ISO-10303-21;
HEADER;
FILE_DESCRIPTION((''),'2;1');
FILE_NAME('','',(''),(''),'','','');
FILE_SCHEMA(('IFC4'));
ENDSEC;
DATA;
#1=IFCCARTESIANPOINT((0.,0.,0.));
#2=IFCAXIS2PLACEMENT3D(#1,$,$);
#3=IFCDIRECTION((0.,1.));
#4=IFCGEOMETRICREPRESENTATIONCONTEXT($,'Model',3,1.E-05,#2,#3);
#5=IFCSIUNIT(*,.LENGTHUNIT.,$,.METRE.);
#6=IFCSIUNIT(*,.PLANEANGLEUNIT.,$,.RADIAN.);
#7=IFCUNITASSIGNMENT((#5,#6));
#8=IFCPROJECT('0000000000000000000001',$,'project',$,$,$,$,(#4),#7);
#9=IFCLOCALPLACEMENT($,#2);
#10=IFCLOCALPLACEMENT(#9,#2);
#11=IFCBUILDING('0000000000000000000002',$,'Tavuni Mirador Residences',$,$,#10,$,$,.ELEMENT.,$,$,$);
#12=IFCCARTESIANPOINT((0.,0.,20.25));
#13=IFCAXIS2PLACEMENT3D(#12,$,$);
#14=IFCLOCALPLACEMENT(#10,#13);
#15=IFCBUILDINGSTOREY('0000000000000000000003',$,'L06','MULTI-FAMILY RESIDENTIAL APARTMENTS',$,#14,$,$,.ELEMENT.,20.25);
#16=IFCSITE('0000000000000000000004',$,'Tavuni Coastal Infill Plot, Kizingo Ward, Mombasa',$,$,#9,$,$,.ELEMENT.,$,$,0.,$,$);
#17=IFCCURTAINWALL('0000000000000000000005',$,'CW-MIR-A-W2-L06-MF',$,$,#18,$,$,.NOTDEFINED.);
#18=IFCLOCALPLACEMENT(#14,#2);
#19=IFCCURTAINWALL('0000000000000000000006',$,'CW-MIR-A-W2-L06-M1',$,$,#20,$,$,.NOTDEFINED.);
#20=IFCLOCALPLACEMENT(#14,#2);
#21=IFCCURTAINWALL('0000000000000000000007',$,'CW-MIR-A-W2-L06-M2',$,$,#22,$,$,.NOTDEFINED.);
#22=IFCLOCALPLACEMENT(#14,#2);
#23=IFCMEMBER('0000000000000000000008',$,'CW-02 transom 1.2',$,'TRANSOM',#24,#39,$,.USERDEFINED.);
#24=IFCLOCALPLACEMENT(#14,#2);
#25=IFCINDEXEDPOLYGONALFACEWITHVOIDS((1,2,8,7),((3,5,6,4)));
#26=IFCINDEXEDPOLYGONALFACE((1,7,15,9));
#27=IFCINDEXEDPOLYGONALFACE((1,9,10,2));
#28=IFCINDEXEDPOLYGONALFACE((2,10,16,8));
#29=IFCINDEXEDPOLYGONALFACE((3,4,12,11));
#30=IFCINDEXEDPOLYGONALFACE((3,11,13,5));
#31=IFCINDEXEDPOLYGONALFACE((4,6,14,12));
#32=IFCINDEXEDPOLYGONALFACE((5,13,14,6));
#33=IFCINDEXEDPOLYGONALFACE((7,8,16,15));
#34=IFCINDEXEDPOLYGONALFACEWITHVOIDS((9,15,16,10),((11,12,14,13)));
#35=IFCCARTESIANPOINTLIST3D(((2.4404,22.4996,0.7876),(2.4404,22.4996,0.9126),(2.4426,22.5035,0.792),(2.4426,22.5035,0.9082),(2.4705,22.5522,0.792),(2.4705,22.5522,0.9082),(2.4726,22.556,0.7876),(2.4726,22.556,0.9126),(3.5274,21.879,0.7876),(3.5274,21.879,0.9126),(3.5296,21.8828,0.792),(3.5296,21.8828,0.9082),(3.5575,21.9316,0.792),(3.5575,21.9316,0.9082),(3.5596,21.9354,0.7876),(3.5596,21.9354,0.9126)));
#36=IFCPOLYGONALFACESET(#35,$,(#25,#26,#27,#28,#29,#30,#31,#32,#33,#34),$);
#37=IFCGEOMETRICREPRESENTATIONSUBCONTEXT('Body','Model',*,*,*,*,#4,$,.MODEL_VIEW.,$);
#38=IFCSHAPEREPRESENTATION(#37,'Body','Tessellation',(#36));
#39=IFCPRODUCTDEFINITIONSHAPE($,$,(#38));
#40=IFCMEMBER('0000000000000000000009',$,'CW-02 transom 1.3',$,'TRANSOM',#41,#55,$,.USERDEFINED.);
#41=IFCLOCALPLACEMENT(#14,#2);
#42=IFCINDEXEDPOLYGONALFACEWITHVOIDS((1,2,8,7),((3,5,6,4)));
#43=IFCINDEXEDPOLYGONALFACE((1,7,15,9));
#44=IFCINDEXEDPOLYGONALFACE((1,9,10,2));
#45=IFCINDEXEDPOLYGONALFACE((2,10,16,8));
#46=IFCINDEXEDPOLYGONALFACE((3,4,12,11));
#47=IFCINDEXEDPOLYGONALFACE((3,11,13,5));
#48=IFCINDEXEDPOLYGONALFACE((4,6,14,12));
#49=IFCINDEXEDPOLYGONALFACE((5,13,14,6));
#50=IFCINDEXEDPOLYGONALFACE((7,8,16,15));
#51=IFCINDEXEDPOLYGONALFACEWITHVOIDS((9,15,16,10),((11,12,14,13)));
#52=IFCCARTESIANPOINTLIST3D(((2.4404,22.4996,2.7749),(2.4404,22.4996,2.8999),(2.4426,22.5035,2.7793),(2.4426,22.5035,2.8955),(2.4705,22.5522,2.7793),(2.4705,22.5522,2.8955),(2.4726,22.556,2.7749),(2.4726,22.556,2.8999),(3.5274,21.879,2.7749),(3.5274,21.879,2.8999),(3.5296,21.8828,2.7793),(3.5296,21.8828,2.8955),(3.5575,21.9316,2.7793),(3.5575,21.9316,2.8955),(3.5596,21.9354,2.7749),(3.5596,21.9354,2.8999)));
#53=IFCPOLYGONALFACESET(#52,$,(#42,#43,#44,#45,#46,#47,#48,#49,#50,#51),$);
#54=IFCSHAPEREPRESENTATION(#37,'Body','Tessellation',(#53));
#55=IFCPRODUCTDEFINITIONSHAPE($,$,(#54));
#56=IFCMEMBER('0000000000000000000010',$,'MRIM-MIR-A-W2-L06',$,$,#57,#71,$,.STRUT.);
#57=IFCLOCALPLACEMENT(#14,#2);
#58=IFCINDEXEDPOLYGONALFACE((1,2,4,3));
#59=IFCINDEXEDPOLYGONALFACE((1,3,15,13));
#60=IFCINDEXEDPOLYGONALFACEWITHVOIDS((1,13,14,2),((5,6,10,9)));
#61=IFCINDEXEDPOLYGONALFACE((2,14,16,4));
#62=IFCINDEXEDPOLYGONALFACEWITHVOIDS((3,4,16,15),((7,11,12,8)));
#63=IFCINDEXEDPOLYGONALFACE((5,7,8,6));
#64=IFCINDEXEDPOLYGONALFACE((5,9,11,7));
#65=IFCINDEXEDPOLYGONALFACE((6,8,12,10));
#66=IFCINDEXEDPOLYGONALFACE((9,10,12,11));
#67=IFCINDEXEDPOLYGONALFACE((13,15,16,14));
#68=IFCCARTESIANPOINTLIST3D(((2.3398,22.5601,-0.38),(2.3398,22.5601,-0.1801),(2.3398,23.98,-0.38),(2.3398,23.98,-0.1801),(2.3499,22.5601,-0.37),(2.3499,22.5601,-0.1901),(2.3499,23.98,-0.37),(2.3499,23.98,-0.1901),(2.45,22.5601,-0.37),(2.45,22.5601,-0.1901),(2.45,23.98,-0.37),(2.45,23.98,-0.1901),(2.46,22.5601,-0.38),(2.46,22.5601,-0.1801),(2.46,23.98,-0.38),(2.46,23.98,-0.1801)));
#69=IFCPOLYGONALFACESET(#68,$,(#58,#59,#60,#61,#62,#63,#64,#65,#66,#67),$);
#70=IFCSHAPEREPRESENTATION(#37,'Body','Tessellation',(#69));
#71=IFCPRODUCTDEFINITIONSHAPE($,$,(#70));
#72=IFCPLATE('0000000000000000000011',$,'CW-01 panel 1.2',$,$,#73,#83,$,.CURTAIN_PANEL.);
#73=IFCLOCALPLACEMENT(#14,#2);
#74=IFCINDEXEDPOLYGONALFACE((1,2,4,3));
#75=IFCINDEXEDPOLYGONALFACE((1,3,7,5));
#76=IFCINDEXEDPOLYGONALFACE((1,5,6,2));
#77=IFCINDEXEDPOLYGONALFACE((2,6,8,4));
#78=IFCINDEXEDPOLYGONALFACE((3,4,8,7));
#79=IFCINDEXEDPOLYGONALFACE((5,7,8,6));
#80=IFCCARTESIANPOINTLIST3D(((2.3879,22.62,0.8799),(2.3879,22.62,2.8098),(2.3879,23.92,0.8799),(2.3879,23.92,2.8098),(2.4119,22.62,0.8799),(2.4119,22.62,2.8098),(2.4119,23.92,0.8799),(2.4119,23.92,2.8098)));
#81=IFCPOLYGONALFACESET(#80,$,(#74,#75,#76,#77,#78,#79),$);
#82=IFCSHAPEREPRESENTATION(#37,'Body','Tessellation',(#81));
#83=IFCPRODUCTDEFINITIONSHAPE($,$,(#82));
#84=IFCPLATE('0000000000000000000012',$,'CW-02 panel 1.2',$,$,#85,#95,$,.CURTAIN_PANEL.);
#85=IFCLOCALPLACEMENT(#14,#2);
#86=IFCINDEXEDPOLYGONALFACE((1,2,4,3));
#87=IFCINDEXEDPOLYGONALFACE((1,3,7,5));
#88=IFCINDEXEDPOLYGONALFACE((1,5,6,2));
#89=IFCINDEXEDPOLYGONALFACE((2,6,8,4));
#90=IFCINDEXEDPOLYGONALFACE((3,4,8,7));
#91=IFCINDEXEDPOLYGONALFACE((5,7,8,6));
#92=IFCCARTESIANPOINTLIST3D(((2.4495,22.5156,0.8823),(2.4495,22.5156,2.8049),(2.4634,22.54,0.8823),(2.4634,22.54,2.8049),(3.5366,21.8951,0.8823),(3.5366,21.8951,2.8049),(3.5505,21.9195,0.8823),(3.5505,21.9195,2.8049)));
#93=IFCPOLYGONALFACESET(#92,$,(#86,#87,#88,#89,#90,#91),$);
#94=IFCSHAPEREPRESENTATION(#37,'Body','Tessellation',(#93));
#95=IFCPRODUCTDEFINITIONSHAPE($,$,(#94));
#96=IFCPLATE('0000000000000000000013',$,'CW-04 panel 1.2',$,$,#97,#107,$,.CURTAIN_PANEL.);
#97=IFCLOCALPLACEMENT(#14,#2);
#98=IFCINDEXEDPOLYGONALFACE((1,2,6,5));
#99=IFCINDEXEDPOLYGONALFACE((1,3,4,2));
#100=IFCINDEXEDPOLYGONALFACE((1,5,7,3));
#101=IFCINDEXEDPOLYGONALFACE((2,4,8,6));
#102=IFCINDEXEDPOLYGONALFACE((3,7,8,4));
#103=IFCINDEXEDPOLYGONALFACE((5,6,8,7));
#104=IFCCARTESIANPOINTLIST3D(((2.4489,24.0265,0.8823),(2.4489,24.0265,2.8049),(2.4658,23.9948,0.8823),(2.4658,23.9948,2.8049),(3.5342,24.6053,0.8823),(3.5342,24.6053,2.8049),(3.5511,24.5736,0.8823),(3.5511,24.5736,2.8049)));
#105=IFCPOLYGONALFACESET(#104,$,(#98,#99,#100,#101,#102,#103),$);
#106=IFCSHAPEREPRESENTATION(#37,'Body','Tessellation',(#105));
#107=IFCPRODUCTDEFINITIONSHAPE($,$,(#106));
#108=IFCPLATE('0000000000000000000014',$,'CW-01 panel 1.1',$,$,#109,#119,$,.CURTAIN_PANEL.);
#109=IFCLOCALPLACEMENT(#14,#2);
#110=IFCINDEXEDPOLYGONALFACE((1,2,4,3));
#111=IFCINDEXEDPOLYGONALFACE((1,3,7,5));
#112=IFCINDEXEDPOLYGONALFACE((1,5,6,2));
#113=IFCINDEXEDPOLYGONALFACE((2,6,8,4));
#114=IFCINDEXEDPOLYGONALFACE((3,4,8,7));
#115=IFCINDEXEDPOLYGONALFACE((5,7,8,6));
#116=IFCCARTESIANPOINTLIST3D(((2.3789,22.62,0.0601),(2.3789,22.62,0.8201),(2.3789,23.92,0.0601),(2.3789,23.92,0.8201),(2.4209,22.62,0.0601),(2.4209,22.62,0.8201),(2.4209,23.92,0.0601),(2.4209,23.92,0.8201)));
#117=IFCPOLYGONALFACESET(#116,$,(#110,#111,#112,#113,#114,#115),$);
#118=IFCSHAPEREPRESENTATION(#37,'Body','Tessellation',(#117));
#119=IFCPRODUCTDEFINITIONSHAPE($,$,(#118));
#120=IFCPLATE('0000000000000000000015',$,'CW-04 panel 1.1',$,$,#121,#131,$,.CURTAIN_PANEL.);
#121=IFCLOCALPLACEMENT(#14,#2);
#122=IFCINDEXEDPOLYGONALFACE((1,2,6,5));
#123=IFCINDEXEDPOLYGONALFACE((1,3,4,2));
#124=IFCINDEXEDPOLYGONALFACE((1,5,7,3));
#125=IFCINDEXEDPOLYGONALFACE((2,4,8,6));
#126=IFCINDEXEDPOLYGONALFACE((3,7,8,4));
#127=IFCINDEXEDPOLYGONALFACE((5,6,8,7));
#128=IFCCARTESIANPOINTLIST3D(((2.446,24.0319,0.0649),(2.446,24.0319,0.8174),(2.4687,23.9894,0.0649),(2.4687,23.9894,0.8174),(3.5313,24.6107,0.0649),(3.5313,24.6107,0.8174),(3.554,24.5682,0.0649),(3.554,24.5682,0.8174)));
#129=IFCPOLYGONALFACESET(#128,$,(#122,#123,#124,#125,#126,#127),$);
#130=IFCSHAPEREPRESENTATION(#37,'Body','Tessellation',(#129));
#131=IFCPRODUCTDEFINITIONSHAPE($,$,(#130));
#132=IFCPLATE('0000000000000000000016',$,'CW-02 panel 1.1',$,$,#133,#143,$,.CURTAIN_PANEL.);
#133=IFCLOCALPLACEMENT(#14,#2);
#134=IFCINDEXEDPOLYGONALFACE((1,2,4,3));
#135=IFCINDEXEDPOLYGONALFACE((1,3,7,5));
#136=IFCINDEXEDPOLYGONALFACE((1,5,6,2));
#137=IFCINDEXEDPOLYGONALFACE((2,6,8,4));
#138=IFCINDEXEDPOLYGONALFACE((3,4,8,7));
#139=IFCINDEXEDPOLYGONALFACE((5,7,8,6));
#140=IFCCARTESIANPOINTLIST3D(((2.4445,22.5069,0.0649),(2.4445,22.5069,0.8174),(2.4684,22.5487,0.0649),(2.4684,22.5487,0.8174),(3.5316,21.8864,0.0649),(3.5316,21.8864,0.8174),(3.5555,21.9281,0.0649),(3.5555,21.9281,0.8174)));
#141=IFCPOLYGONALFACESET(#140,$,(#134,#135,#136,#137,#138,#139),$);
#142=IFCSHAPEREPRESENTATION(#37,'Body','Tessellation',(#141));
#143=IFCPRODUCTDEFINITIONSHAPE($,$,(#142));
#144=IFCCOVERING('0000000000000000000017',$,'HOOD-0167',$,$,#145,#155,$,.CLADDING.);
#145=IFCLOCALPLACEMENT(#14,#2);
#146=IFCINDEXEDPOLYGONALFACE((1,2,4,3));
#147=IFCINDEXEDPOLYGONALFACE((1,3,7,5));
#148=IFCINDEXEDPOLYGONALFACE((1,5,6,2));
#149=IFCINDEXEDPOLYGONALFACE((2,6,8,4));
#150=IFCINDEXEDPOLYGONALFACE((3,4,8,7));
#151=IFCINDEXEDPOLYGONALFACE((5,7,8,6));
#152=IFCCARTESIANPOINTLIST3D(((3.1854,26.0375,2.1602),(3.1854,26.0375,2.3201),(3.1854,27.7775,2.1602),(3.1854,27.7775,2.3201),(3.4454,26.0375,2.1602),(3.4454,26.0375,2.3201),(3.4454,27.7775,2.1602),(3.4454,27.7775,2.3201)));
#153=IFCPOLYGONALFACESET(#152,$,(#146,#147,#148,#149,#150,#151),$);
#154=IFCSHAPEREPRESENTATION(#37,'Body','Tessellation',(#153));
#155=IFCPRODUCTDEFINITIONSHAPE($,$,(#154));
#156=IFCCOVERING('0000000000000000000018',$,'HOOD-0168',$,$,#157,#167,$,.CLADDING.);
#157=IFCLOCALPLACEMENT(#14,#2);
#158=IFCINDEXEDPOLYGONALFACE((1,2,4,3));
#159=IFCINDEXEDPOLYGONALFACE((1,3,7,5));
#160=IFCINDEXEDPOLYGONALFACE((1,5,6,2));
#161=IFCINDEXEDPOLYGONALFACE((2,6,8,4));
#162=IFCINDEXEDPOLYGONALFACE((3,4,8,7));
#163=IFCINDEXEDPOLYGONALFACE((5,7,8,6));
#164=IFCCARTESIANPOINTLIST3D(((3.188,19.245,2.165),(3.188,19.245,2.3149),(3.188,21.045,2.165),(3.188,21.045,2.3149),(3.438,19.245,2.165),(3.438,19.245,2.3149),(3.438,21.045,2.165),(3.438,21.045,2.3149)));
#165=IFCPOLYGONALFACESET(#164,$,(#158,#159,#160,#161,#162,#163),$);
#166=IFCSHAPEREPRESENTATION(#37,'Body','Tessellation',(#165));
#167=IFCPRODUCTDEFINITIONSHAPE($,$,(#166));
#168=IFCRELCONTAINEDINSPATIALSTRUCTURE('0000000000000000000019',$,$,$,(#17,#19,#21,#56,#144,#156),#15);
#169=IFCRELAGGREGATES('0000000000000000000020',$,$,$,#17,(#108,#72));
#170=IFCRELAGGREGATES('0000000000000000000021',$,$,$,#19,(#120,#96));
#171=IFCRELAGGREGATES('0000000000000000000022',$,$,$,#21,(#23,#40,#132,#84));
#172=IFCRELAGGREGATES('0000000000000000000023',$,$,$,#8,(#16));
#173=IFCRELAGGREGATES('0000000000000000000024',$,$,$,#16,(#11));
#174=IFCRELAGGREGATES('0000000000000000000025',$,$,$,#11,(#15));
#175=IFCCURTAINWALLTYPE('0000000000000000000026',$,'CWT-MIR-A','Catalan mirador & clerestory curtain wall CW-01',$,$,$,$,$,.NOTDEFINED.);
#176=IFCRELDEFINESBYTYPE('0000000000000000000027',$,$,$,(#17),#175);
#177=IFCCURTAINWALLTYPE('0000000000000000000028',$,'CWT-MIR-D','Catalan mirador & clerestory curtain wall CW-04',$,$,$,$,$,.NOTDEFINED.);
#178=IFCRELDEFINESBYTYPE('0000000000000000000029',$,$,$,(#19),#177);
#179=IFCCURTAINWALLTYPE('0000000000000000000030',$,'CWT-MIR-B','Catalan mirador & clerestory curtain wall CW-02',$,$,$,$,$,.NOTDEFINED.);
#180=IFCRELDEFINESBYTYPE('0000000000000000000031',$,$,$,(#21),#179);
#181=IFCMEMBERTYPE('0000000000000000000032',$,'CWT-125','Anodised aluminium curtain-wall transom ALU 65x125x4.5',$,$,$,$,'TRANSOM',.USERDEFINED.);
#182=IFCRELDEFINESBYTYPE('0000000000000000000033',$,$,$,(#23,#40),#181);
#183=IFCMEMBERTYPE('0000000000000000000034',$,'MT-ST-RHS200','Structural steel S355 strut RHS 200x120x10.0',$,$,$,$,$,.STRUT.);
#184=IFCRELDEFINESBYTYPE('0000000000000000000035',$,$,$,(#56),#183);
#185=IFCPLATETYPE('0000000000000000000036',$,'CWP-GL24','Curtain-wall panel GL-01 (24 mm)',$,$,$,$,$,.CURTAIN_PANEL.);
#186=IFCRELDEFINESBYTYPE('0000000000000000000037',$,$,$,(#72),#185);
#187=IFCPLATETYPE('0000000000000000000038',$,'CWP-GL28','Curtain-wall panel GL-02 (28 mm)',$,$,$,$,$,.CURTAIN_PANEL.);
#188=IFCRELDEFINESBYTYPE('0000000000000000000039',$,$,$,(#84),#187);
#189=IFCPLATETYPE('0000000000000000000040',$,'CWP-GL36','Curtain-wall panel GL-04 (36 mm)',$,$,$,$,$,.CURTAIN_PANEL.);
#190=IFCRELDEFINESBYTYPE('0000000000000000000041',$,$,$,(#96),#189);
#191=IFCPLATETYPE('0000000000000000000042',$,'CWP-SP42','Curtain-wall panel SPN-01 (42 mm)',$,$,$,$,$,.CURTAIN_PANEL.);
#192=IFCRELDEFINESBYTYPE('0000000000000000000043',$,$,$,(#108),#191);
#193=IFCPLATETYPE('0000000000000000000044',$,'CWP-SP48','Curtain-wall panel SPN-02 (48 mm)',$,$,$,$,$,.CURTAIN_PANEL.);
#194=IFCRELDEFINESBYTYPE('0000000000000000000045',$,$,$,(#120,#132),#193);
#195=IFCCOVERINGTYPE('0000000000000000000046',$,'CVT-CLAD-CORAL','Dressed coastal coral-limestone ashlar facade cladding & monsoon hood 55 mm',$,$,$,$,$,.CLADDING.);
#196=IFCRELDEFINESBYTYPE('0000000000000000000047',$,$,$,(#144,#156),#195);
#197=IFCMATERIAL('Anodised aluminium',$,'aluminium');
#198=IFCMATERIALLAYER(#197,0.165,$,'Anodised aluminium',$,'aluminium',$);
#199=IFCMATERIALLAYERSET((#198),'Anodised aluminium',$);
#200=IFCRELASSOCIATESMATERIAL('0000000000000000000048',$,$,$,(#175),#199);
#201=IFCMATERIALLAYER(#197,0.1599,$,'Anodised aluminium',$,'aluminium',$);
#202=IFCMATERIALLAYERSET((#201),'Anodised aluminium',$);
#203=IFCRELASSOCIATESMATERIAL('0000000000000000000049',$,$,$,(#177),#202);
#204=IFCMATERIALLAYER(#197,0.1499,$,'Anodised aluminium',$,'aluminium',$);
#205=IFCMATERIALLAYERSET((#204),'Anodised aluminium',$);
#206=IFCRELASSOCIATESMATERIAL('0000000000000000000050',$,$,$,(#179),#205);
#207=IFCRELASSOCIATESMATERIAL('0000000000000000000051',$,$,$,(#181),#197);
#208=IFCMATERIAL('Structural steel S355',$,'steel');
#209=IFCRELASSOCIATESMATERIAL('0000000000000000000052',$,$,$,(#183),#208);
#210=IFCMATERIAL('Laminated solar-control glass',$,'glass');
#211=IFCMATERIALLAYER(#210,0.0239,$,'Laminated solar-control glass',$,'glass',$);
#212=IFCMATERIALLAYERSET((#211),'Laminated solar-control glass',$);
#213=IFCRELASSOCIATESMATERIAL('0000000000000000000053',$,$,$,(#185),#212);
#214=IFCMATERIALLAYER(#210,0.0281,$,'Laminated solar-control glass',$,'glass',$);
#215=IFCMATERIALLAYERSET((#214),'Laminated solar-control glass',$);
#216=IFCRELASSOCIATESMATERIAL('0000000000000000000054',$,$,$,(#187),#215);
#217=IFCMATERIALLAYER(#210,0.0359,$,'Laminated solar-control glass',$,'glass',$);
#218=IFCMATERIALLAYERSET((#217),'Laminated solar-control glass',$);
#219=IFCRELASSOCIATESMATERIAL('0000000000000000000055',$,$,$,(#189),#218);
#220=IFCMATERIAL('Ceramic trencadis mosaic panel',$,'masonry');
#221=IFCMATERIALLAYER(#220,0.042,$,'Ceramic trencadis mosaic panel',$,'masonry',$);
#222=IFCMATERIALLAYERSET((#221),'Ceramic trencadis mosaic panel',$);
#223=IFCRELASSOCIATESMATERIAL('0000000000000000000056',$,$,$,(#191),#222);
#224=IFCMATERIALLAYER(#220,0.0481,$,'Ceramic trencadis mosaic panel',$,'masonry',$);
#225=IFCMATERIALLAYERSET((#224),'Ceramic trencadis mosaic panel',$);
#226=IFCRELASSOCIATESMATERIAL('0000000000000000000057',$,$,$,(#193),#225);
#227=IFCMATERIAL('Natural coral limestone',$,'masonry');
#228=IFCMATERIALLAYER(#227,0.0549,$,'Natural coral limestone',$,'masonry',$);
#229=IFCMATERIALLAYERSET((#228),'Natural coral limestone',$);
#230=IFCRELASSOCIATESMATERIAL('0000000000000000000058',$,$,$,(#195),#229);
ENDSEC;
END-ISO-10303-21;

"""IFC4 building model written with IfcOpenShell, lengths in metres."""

from ifc_helpers import new_model, si_unit, direction, frame, origin, origin_2d, place, context, subcontext, project, spatial, rectangle, hollow_rectangle, extrude, material, layer, layer_set, material_profile, profile_set, type_object, element, aggregate, save


model = new_model("IFC4")

# Units and contexts
model_context = context("Model", 3, precision=1e-05, world=origin(), true_north=direction((0.0, 1.0)))
body_context = subcontext(model_context, "Body", "Model", "MODEL_VIEW")
ifc_project = project(units=[si_unit("LENGTHUNIT", "METRE"), si_unit("PLANEANGLEUNIT", "RADIAN")], contexts=[model_context])

# Site, building, storey
site_placement = place(None, origin())
site = spatial("IfcSite", under=ifc_project, at=site_placement, Name="Tavuni Coastal Infill Plot, Kizingo Ward, Mombasa", CompositionType="ELEMENT", RefElevation=0.0)
building_placement = place(site_placement, origin())
building = spatial("IfcBuilding", under=site, at=building_placement, Name="Tavuni Mirador Residences", CompositionType="ELEMENT")
storey_placement = place(building_placement, frame((0.0, 0.0, 20.25)))
storey = spatial("IfcBuildingStorey", under=building, at=storey_placement, Name="L06", Description="MULTI-FAMILY RESIDENTIAL APARTMENTS", CompositionType="ELEMENT", Elevation=20.25)

# Curtain wall
ifc_material_1 = material(Name="Anodised aluminium", Category="aluminium")
ifc_layer_1 = layer(ifc_material_1, 0.165, Name="Anodised aluminium", Category="aluminium")
ifc_layer_set_1 = layer_set([ifc_layer_1], Name="Anodised aluminium")
curtain_wall_type_1 = type_object("IfcCurtainWallType", Name="CWT-MIR-A", Description="Catalan mirador & clerestory curtain wall CW-01", PredefinedType="NOTDEFINED", material=ifc_layer_set_1)
curtain_wall_1_placement = place(storey_placement, origin())
curtain_wall_1 = element("IfcCurtainWall", 1, at=curtain_wall_1_placement, inside=storey, type_object=curtain_wall_type_1, Name="CW-MIR-A-W2-L06-MF", PredefinedType="NOTDEFINED")

# Curtain walls
ifc_layer_2 = layer(ifc_material_1, 0.1599, Name="Anodised aluminium", Category="aluminium")
ifc_layer_set_2 = layer_set([ifc_layer_2], Name="Anodised aluminium")
curtain_wall_type_2 = type_object("IfcCurtainWallType", Name="CWT-MIR-D", Description="Catalan mirador & clerestory curtain wall CW-04", PredefinedType="NOTDEFINED", material=ifc_layer_set_2)
curtain_wall_2_placement = place(storey_placement, origin())
curtain_wall_2 = element("IfcCurtainWall", 2, at=curtain_wall_2_placement, inside=storey, type_object=curtain_wall_type_2, Name="CW-MIR-A-W2-L06-M1", PredefinedType="NOTDEFINED")
ifc_layer_3 = layer(ifc_material_1, 0.1499, Name="Anodised aluminium", Category="aluminium")
ifc_layer_set_3 = layer_set([ifc_layer_3], Name="Anodised aluminium")
curtain_wall_type_3 = type_object("IfcCurtainWallType", Name="CWT-MIR-B", Description="Catalan mirador & clerestory curtain wall CW-02", PredefinedType="NOTDEFINED", material=ifc_layer_set_3)
curtain_wall_3_placement = place(storey_placement, origin())
curtain_wall_3 = element("IfcCurtainWall", 3, at=curtain_wall_3_placement, inside=storey, type_object=curtain_wall_type_3, Name="CW-MIR-A-W2-L06-M2", PredefinedType="NOTDEFINED")

# Members
ifc_material_profile_1 = material_profile(ifc_material_1, hollow_rectangle(XDim=0.0649, YDim=0.125, WallThickness=0.0044, at=origin_2d()), Name="ALU 65x125x4.5", Category="aluminium")
ifc_profile_set_1 = profile_set([ifc_material_profile_1], Name="Anodised aluminium")
member_type_1 = type_object("IfcMemberType", Name="CWT-125", Description="Anodised aluminium curtain-wall transom ALU 65x125x4.5", ElementType="TRANSOM", PredefinedType="USERDEFINED", material=ifc_profile_set_1)
member_1_placement = place(storey_placement, frame((2.4565, 22.5278, 0.8501), z_axis=(0.868411, -0.495845, 0.0), x_axis=(0.495845, 0.868411, 0.0)))
member_1 = element("IfcMember", 4, at=member_1_placement, type_object=member_type_1, Name="CW-02 transom 1.2", ObjectType="TRANSOM", PredefinedType="USERDEFINED", context=body_context, shape_type="SweptSolid", body=[
    extrude(hollow_rectangle(XDim=0.0649, YDim=0.125, WallThickness=0.0044, at=origin_2d()), origin(), (0.0, 0.0, 1.0), 1.2517),
])
member_2_placement = place(storey_placement, frame((2.4565, 22.5278, 2.8374), z_axis=(0.868411, -0.495845, 0.0), x_axis=(0.495845, 0.868411, 0.0)))
member_2 = element("IfcMember", 5, at=member_2_placement, type_object=member_type_1, Name="CW-02 transom 1.3", ObjectType="TRANSOM", PredefinedType="USERDEFINED", context=body_context, shape_type="SweptSolid", body=[
    extrude(hollow_rectangle(XDim=0.0649, YDim=0.125, WallThickness=0.0044, at=origin_2d()), origin(), (0.0, 0.0, 1.0), 1.2517),
])
ifc_material_2 = material(Name="Structural steel S355", Category="steel")
ifc_material_profile_2 = material_profile(ifc_material_2, hollow_rectangle(XDim=0.1201, YDim=0.2, WallThickness=0.01, at=origin_2d()), Name="RHS 200x120x10.0", Category="steel")
ifc_profile_set_2 = profile_set([ifc_material_profile_2], Name="Structural steel S355")
member_type_2 = type_object("IfcMemberType", Name="MT-ST-RHS200", Description="Structural steel S355 strut RHS 200x120x10.0", PredefinedType="STRUT", material=ifc_profile_set_2)
member_3_placement = place(storey_placement, frame((2.3999, 22.5601, -0.28), z_axis=(0.0, 1.0, 0.0), x_axis=(-1.0, 0.0, 0.0)))
element("IfcMember", 6, at=member_3_placement, inside=storey, type_object=member_type_2, Name="MRIM-MIR-A-W2-L06", PredefinedType="STRUT", context=body_context, shape_type="SweptSolid", body=[
    extrude(hollow_rectangle(XDim=0.1201, YDim=0.2, WallThickness=0.01, at=origin_2d()), origin(), (0.0, 0.0, 1.0), 1.4199),
])

# Plates
ifc_material_3 = material(Name="Laminated solar-control glass", Category="glass")
ifc_layer_4 = layer(ifc_material_3, 0.0239, Name="Laminated solar-control glass", Category="glass")
ifc_layer_set_4 = layer_set([ifc_layer_4], Name="Laminated solar-control glass")
plate_type_1 = type_object("IfcPlateType", Name="CWP-GL24", Description="Curtain-wall panel GL-01 (24 mm)", PredefinedType="CURTAIN_PANEL", material=ifc_layer_set_4)
plate_1_placement = place(storey_placement, frame((2.3999, 23.27, 0.8799), z_axis=(0.0, 0.0, 1.0), x_axis=(0.0, -1.0, 0.0)))
plate_1 = element("IfcPlate", 7, at=plate_1_placement, type_object=plate_type_1, Name="CW-01 panel 1.2", PredefinedType="CURTAIN_PANEL", context=body_context, shape_type="SweptSolid", body=[
    extrude(rectangle(XDim=1.3, YDim=0.0239, at=origin_2d()), origin(), (0.0, 0.0, 1.0), 1.9299),
])
ifc_layer_5 = layer(ifc_material_3, 0.0281, Name="Laminated solar-control glass", Category="glass")
ifc_layer_set_5 = layer_set([ifc_layer_5], Name="Laminated solar-control glass")
plate_type_2 = type_object("IfcPlateType", Name="CWP-GL28", Description="Curtain-wall panel GL-02 (28 mm)", PredefinedType="CURTAIN_PANEL", material=ifc_layer_set_5)
plate_2_placement = place(storey_placement, frame((3.0, 22.2175, 0.8823), z_axis=(0.0, 0.0, 1.0), x_axis=(0.868466, -0.495749, 0.0)))
plate_2 = element("IfcPlate", 8, at=plate_2_placement, type_object=plate_type_2, Name="CW-02 panel 1.2", PredefinedType="CURTAIN_PANEL", context=body_context, shape_type="SweptSolid", body=[
    extrude(rectangle(XDim=1.2517, YDim=0.0281, at=origin_2d()), origin(), (0.0, 0.0, 1.0), 1.9226),
])
ifc_layer_6 = layer(ifc_material_3, 0.0359, Name="Laminated solar-control glass", Category="glass")
ifc_layer_set_6 = layer_set([ifc_layer_6], Name="Laminated solar-control glass")
plate_type_3 = type_object("IfcPlateType", Name="CWP-GL36", Description="Curtain-wall panel GL-04 (36 mm)", PredefinedType="CURTAIN_PANEL", material=ifc_layer_set_6)
plate_3_placement = place(storey_placement, frame((3.0, 24.3, 0.8823), z_axis=(0.0, 0.0, 1.0), x_axis=(-0.882353, -0.470588, 0.0)))
plate_3 = element("IfcPlate", 9, at=plate_3_placement, type_object=plate_type_3, Name="CW-04 panel 1.2", PredefinedType="CURTAIN_PANEL", context=body_context, shape_type="SweptSolid", body=[
    extrude(rectangle(XDim=1.23, YDim=0.0359, at=origin_2d()), origin(), (0.0, 0.0, 1.0), 1.9226),
])
ifc_material_4 = material(Name="Ceramic trencadis mosaic panel", Category="masonry")
ifc_layer_7 = layer(ifc_material_4, 0.042, Name="Ceramic trencadis mosaic panel", Category="masonry")
ifc_layer_set_7 = layer_set([ifc_layer_7], Name="Ceramic trencadis mosaic panel")
plate_type_4 = type_object("IfcPlateType", Name="CWP-SP42", Description="Curtain-wall panel SPN-01 (42 mm)", PredefinedType="CURTAIN_PANEL", material=ifc_layer_set_7)
plate_4_placement = place(storey_placement, frame((2.3999, 23.27, 0.0601), z_axis=(0.0, 0.0, 1.0), x_axis=(0.0, -1.0, 0.0)))
plate_4 = element("IfcPlate", 10, at=plate_4_placement, type_object=plate_type_4, Name="CW-01 panel 1.1", PredefinedType="CURTAIN_PANEL", context=body_context, shape_type="SweptSolid", body=[
    extrude(rectangle(XDim=1.3, YDim=0.042, at=origin_2d()), origin(), (0.0, 0.0, 1.0), 0.76),
])
aggregate(curtain_wall_1, [plate_4, plate_1])
ifc_layer_8 = layer(ifc_material_4, 0.0481, Name="Ceramic trencadis mosaic panel", Category="masonry")
ifc_layer_set_8 = layer_set([ifc_layer_8], Name="Ceramic trencadis mosaic panel")
plate_type_5 = type_object("IfcPlateType", Name="CWP-SP48", Description="Curtain-wall panel SPN-02 (48 mm)", PredefinedType="CURTAIN_PANEL", material=ifc_layer_set_8)
plate_5_placement = place(storey_placement, frame((3.0, 24.3, 0.0649), z_axis=(0.0, 0.0, 1.0), x_axis=(-0.882353, -0.470588, 0.0)))
plate_5 = element("IfcPlate", 11, at=plate_5_placement, type_object=plate_type_5, Name="CW-04 panel 1.1", PredefinedType="CURTAIN_PANEL", context=body_context, shape_type="SweptSolid", body=[
    extrude(rectangle(XDim=1.23, YDim=0.0481, at=origin_2d()), origin(), (0.0, 0.0, 1.0), 0.7524),
])
aggregate(curtain_wall_2, [plate_5, plate_3])
plate_6_placement = place(storey_placement, frame((3.0, 22.2175, 0.0649), z_axis=(0.0, 0.0, 1.0), x_axis=(0.868466, -0.495749, 0.0)))
plate_6 = element("IfcPlate", 12, at=plate_6_placement, type_object=plate_type_5, Name="CW-02 panel 1.1", PredefinedType="CURTAIN_PANEL", context=body_context, shape_type="SweptSolid", body=[
    extrude(rectangle(XDim=1.2517, YDim=0.0481, at=origin_2d()), origin(), (0.0, 0.0, 1.0), 0.7524),
])
aggregate(curtain_wall_3, [member_1, member_2, plate_6, plate_2])

# Coverings
ifc_material_5 = material(Name="Natural coral limestone", Category="masonry")
ifc_layer_9 = layer(ifc_material_5, 0.0549, Name="Natural coral limestone", Category="masonry")
ifc_layer_set_9 = layer_set([ifc_layer_9], Name="Natural coral limestone")
covering_type = type_object("IfcCoveringType", Name="CVT-CLAD-CORAL", Description="Dressed coastal coral-limestone ashlar facade cladding & monsoon hood 55 mm", PredefinedType="CLADDING", material=ifc_layer_set_9)
covering_1_placement = place(storey_placement, frame((3.3154, 26.9075, 2.1602), z_axis=(0.0, 0.0, 1.0), x_axis=(0.0, -1.0, 0.0)))
element("IfcCovering", 13, at=covering_1_placement, inside=storey, type_object=covering_type, Name="HOOD-0167", PredefinedType="CLADDING", context=body_context, shape_type="SweptSolid", body=[
    extrude(rectangle(XDim=1.74, YDim=0.26, at=origin_2d()), origin(), (0.0, 0.0, 1.0), 0.1599),
])
covering_2_placement = place(storey_placement, frame((3.313, 20.145, 2.165), z_axis=(0.0, 0.0, 1.0), x_axis=(0.0, -1.0, 0.0)))
element("IfcCovering", 14, at=covering_2_placement, inside=storey, type_object=covering_type, Name="HOOD-0168", PredefinedType="CLADDING", context=body_context, shape_type="SweptSolid", body=[
    extrude(rectangle(XDim=1.8, YDim=0.25, at=origin_2d()), origin(), (0.0, 0.0, 1.0), 0.1499),
])

save(model, "model.ifc")
